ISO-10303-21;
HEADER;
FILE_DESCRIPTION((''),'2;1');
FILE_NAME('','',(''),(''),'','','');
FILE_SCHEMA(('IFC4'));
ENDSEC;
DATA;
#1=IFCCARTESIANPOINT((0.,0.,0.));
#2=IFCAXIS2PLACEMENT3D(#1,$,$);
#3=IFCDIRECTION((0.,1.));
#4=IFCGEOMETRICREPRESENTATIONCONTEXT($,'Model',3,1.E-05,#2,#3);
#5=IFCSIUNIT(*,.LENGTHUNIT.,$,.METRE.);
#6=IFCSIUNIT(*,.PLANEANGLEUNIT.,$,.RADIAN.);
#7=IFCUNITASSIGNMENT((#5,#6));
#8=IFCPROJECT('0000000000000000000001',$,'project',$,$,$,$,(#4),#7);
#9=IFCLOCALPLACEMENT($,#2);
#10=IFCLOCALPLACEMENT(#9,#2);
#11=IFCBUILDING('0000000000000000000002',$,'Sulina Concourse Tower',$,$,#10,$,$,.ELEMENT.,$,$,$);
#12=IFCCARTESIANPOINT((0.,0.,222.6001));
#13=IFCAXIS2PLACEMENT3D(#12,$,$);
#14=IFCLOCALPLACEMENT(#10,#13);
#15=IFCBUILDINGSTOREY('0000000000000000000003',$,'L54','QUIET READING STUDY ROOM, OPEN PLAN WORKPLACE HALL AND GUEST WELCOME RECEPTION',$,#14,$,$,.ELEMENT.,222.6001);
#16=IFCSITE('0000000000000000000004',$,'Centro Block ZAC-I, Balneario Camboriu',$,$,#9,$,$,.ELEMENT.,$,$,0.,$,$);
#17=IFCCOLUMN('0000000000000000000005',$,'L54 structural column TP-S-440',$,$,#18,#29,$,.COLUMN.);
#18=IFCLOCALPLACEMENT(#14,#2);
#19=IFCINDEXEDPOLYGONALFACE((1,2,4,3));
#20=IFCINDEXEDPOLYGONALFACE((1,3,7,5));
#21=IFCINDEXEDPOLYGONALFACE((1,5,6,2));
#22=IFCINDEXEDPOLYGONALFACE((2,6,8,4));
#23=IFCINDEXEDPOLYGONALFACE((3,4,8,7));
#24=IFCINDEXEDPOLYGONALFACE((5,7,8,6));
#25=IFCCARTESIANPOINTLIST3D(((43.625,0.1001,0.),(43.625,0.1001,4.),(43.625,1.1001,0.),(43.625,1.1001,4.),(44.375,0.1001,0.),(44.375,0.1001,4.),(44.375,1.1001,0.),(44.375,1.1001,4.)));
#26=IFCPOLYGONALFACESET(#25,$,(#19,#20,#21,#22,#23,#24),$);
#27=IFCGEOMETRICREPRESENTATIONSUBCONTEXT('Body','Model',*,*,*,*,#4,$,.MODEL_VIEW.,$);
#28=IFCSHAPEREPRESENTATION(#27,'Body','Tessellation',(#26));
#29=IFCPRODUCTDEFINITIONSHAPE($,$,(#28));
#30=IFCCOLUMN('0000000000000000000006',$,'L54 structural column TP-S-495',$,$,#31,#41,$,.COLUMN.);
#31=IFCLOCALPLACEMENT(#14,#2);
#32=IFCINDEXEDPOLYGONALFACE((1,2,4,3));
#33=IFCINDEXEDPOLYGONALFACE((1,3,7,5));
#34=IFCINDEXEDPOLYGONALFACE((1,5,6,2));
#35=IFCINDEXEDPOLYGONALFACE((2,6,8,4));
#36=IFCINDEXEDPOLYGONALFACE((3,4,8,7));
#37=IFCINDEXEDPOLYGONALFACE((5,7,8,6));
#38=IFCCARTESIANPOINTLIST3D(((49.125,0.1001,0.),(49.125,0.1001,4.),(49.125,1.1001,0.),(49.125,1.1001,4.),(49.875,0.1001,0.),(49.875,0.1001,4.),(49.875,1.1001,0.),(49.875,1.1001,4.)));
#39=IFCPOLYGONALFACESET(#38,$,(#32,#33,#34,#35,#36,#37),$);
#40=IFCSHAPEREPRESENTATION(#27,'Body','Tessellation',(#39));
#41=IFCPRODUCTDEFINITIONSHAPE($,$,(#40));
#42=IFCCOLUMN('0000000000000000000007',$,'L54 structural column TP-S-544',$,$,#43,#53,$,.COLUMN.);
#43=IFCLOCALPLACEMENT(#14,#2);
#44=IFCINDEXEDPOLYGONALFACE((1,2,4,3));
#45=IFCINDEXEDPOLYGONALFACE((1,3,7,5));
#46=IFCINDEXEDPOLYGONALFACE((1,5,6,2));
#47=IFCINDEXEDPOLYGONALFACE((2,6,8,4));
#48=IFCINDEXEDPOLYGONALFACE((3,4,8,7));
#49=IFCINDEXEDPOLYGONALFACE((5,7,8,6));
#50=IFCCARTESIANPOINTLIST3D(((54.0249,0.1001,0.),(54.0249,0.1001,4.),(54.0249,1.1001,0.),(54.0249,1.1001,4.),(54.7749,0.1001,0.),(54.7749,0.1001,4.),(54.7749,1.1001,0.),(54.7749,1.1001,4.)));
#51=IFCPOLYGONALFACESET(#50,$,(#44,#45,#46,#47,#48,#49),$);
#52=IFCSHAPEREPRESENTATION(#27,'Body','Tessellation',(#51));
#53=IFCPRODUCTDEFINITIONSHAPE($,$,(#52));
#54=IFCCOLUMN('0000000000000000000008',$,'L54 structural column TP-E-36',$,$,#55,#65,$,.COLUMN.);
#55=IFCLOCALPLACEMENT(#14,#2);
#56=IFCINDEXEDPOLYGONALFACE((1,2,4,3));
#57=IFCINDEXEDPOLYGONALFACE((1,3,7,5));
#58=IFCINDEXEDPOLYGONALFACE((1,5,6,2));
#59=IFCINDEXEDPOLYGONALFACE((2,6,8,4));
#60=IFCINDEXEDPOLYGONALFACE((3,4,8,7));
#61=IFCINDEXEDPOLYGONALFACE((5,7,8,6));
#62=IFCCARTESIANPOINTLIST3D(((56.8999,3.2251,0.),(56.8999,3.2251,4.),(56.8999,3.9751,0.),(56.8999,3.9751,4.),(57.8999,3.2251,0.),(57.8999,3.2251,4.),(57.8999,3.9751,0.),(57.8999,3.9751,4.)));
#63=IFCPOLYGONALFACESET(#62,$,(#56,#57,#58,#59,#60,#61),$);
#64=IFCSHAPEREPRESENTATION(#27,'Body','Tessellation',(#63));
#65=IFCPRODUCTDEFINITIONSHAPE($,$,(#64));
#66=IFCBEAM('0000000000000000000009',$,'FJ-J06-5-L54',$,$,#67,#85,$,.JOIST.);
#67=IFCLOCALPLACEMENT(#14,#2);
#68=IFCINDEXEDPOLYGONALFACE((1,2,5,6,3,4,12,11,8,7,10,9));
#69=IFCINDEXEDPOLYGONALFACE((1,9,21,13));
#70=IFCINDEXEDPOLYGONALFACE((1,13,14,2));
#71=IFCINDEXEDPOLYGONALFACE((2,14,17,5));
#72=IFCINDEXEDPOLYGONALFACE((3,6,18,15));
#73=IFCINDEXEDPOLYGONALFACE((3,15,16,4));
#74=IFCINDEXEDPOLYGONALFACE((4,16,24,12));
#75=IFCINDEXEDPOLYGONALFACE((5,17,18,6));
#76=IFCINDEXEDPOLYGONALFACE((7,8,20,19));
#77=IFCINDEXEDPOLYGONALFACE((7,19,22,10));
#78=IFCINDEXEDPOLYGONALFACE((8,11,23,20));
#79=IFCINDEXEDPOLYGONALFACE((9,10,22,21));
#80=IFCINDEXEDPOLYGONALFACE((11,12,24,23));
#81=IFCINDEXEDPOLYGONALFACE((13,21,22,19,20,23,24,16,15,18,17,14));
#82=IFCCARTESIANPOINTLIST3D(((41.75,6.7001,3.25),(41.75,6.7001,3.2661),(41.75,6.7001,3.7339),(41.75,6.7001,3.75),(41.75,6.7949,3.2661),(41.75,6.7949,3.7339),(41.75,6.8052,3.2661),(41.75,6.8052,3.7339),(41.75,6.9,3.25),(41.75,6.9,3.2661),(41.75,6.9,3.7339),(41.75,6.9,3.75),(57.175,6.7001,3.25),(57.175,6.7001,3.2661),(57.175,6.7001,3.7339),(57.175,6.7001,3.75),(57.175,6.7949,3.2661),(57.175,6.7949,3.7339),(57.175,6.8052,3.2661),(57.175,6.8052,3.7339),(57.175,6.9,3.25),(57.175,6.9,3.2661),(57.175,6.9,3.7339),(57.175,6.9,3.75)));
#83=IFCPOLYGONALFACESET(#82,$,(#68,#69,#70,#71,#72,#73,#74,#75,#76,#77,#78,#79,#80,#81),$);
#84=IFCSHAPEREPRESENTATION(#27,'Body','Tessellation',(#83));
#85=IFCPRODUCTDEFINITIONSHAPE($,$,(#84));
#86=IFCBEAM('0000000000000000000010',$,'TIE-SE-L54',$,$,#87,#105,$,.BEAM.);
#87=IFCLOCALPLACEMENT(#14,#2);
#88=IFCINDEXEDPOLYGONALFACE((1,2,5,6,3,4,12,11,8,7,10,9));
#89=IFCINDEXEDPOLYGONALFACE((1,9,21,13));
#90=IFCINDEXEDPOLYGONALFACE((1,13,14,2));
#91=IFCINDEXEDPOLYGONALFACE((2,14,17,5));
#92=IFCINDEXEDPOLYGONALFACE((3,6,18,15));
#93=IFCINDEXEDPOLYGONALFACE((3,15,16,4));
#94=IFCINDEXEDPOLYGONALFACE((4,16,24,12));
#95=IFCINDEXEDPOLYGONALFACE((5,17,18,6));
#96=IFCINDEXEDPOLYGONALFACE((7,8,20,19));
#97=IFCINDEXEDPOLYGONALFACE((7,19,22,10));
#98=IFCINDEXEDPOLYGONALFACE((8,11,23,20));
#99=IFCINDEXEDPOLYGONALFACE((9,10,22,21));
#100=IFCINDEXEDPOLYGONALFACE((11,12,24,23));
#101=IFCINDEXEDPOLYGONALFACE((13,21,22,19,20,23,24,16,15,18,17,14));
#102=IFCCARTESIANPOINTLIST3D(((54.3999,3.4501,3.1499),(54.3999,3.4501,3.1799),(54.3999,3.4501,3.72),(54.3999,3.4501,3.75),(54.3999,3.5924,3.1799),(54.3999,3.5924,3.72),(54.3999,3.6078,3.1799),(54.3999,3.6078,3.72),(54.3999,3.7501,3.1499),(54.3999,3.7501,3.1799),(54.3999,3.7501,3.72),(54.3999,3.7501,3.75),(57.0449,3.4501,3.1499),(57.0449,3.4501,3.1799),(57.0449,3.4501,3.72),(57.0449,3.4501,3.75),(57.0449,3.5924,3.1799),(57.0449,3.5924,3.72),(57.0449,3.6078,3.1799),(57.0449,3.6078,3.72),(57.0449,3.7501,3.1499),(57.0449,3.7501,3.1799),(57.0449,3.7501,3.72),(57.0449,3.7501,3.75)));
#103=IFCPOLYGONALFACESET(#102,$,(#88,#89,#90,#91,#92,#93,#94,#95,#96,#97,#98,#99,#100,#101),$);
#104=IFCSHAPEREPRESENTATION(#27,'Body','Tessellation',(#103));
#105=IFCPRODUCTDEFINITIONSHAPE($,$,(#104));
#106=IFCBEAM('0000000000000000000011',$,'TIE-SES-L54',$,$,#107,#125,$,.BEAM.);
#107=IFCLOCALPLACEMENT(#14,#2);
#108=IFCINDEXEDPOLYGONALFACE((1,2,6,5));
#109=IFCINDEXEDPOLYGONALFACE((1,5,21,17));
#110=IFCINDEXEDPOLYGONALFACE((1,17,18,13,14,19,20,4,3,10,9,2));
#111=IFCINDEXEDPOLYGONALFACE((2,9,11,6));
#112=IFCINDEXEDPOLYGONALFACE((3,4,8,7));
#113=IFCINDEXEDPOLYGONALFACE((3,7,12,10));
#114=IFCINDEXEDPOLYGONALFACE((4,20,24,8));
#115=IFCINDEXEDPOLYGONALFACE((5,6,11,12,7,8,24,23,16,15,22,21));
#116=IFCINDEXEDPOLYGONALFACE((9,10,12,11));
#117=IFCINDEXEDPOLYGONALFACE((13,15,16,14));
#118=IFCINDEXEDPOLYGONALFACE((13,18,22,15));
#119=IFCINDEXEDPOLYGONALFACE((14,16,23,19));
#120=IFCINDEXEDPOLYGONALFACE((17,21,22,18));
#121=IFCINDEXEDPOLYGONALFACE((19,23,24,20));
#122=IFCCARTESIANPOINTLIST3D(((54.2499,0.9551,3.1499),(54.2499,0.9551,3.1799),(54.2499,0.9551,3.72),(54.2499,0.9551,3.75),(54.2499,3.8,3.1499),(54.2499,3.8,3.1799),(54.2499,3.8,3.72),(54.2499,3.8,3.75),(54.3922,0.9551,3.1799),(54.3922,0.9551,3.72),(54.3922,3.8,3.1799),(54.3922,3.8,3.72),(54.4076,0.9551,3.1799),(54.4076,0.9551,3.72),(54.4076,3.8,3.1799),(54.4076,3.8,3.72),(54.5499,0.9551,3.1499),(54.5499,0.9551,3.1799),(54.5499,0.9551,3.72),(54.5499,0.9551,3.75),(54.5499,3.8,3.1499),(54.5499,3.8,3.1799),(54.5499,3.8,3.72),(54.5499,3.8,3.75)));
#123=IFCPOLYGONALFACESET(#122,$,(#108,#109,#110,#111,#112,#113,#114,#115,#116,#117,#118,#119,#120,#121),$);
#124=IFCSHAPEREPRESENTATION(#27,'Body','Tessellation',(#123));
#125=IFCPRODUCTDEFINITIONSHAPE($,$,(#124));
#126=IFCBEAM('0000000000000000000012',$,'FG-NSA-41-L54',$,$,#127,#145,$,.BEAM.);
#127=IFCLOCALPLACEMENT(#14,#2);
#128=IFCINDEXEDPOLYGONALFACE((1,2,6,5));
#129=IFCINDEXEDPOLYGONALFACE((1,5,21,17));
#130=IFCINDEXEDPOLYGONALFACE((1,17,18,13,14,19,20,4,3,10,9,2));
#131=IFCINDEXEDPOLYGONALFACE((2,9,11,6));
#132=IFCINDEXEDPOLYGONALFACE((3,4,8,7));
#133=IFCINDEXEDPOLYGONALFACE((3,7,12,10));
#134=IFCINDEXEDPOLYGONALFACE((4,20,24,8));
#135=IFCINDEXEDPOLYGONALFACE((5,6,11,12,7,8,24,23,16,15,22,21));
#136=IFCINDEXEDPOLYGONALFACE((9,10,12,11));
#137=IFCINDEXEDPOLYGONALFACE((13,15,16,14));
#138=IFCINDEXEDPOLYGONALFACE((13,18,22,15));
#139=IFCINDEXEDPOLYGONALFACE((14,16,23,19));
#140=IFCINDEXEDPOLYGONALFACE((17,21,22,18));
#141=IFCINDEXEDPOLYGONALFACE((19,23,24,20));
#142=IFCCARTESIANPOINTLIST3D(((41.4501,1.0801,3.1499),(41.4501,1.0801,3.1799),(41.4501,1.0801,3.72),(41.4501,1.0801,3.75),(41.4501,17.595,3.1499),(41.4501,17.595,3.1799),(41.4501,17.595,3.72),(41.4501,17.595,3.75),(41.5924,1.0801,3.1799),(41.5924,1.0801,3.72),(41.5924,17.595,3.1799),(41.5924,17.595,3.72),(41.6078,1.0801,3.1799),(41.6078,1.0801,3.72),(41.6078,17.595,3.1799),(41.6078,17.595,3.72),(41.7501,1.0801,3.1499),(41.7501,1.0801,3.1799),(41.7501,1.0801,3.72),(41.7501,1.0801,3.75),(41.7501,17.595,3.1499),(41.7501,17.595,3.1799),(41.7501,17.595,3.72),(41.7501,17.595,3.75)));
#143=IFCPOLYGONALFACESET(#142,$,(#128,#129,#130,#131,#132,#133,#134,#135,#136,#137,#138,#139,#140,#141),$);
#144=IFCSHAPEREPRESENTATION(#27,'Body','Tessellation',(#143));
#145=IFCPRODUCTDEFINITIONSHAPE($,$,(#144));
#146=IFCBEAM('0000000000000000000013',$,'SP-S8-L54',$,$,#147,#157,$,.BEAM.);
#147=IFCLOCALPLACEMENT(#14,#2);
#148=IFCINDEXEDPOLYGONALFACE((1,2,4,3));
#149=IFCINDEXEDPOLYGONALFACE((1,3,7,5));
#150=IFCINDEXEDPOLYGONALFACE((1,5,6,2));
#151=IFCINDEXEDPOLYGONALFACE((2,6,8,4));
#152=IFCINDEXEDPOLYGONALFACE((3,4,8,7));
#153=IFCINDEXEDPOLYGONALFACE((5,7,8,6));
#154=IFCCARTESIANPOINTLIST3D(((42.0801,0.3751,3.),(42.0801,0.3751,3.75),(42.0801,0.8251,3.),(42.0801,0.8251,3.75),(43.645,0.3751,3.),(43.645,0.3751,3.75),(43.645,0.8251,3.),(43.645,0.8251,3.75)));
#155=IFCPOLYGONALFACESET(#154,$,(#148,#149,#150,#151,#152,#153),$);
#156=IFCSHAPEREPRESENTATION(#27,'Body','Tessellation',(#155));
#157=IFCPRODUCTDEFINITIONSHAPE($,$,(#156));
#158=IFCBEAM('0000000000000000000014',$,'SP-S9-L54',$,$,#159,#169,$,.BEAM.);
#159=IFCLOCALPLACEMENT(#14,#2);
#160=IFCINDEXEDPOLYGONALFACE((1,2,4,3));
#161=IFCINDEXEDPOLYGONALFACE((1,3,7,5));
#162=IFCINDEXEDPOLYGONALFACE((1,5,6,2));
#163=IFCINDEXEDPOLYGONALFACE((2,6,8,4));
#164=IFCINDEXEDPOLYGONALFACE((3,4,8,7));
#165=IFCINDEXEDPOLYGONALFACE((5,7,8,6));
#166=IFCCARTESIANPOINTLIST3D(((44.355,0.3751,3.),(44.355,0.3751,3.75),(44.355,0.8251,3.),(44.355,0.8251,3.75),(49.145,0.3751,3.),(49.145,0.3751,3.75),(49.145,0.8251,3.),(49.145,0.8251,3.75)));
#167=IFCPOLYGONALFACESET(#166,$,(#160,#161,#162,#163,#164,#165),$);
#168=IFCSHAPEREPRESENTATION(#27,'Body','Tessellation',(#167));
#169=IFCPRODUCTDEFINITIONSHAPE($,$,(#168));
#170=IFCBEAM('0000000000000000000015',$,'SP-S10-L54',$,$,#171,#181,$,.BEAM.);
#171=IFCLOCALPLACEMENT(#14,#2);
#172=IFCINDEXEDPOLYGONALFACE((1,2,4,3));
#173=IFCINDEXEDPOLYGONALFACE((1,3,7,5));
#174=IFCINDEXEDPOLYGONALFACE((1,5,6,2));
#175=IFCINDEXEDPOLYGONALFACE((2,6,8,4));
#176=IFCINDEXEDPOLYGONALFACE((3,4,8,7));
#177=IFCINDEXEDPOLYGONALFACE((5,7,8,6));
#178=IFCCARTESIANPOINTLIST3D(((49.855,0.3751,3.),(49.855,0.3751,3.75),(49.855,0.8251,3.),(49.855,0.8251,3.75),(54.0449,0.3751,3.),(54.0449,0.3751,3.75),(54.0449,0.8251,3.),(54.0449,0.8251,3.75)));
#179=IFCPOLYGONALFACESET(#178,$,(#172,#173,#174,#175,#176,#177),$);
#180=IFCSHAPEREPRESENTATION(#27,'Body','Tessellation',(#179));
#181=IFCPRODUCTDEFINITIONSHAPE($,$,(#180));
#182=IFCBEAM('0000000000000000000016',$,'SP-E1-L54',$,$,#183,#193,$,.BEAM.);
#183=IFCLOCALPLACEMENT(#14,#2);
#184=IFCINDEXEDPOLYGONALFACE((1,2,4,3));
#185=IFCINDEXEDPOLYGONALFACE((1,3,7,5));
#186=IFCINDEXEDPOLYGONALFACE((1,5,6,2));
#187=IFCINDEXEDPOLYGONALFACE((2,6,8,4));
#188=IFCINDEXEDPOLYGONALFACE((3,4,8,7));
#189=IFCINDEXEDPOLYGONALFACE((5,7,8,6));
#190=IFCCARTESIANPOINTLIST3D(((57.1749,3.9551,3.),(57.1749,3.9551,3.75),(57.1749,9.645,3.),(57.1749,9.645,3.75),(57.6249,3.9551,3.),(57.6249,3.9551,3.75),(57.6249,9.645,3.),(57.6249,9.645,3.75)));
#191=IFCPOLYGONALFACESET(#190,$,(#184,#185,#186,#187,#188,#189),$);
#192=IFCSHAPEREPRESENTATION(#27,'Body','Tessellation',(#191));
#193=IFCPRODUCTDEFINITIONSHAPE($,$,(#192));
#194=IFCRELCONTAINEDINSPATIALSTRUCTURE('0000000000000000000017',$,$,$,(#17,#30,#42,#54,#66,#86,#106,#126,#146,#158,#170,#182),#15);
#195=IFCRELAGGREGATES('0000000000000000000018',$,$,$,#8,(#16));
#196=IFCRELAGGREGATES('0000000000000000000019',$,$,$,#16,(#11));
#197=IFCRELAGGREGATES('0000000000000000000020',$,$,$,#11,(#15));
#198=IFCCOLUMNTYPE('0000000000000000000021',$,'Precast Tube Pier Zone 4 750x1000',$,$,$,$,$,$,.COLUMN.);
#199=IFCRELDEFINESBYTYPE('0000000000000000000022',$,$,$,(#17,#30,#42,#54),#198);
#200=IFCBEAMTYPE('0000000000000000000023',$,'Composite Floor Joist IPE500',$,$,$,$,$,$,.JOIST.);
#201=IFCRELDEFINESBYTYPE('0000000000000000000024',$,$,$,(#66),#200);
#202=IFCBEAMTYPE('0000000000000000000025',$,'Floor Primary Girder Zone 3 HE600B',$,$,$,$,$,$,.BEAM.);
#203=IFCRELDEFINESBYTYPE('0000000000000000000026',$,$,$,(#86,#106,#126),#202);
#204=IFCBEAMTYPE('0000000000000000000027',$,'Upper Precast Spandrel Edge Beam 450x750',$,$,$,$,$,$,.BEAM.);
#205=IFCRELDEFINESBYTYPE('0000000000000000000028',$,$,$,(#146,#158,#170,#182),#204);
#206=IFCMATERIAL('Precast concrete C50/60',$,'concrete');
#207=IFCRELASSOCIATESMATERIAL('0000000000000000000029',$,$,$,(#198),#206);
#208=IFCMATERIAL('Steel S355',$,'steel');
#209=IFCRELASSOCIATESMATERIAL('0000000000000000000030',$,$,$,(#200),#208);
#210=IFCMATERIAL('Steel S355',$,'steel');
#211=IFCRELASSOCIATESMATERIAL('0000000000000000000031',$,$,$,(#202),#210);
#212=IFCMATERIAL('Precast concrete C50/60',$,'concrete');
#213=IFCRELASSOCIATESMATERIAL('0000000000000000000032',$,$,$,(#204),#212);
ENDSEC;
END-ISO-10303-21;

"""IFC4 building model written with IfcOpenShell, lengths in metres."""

from ifc_helpers import new_model, si_unit, direction, frame, origin, origin_2d, place, context, subcontext, project, spatial, rectangle, i_section, extrude, material, material_profile, profile_set, type_object, element, save


model = new_model("IFC4")

# Units and contexts
model_context = context("Model", 3, precision=1e-05, world=origin(), true_north=direction((0.0, 1.0)))
body_context = subcontext(model_context, "Body", "Model", "MODEL_VIEW")
ifc_project = project(units=[si_unit("LENGTHUNIT", "METRE"), si_unit("PLANEANGLEUNIT", "RADIAN")], contexts=[model_context])

# Site, building, storey
site_placement = place(None, origin())
site = spatial("IfcSite", under=ifc_project, at=site_placement, Name="Centro Block ZAC-I, Balneario Camboriu", CompositionType="ELEMENT", RefElevation=0.0)
building_placement = place(site_placement, origin())
building = spatial("IfcBuilding", under=site, at=building_placement, Name="Sulina Concourse Tower", CompositionType="ELEMENT")
storey_placement = place(building_placement, frame((0.0, 0.0, 222.6001)))
storey = spatial("IfcBuildingStorey", under=building, at=storey_placement, Name="L54", Description="QUIET READING STUDY ROOM, OPEN PLAN WORKPLACE HALL AND GUEST WELCOME RECEPTION", CompositionType="ELEMENT", Elevation=222.6001)

# Columns
ifc_material_1 = material(Name="Precast concrete C50/60", Category="concrete")
ifc_material_profile_1 = material_profile(ifc_material_1, rectangle(XDim=0.75, YDim=1.0, at=origin_2d()), Name="PC 750x1000")
ifc_profile_set_1 = profile_set([ifc_material_profile_1], Name="Precast concrete C50/60")
column_type = type_object("IfcColumnType", Name="Precast Tube Pier Zone 4 750x1000", PredefinedType="COLUMN", material=ifc_profile_set_1)
for number, where, z_axis, x_axis, name in (
    (1, (44.0, 0.6001, 0.0), (0.0, 0.0, 1.0), (1.0, 0.0, 0.0), "L54 structural column TP-S-440"),
    (2, (49.5, 0.6001, 0.0), (0.0, 0.0, 1.0), (1.0, 0.0, 0.0), "L54 structural column TP-S-495"),
    (3, (54.3999, 0.6001, 0.0), (0.0, 0.0, 1.0), (1.0, 0.0, 0.0), "L54 structural column TP-S-544"),
    (4, (57.3999, 3.6001, 0.0), (0.0, 0.0, 1.0), (0.0, 1.0, 0.0), "L54 structural column TP-E-36"),
):
    element("IfcColumn", number, at=place(storey_placement, frame(where, z_axis=z_axis, x_axis=x_axis)), inside=storey, type_object=column_type, Name=name, PredefinedType="COLUMN", context=body_context, shape_type="SweptSolid", body=[
        extrude(rectangle(XDim=0.75, YDim=1.0, at=origin_2d()), origin(), (0.0, 0.0, 1.0), 4.0),
    ])

# Beams
ifc_material_2 = material(Name="Steel S355", Category="steel")
ifc_material_profile_2 = material_profile(ifc_material_2, i_section(OverallWidth=0.2, OverallDepth=0.5, WebThickness=0.0103, FlangeThickness=0.0161, at=origin_2d()), Name="IPE 500")
ifc_profile_set_2 = profile_set([ifc_material_profile_2], Name="Steel S355")
beam_type_1 = type_object("IfcBeamType", Name="Composite Floor Joist IPE500", PredefinedType="JOIST", material=ifc_profile_set_2)
beam_1_placement = place(storey_placement, frame((41.75, 6.8, 3.5), z_axis=(1.0, 0.0, 0.0), x_axis=(0.0, 1.0, 0.0)))
element("IfcBeam", 5, at=beam_1_placement, inside=storey, type_object=beam_type_1, Name="FJ-J06-5-L54", PredefinedType="JOIST", context=body_context, shape_type="SweptSolid", body=[
    extrude(i_section(OverallWidth=0.2, OverallDepth=0.5, WebThickness=0.0103, FlangeThickness=0.0161, at=origin_2d()), origin(), (0.0, 0.0, 1.0), 15.425),
])
ifc_material_3 = material(Name="Steel S355", Category="steel")
ifc_material_profile_3 = material_profile(ifc_material_3, i_section(OverallWidth=0.3, OverallDepth=0.6001, WebThickness=0.0154, FlangeThickness=0.03, at=origin_2d()), Name="HE 600 B")
ifc_profile_set_3 = profile_set([ifc_material_profile_3], Name="Steel S355")
beam_type_2 = type_object("IfcBeamType", Name="Floor Primary Girder Zone 3 HE600B", PredefinedType="BEAM", material=ifc_profile_set_3)
beam_2_placement = place(storey_placement, frame((54.3999, 3.6001, 3.45), z_axis=(1.0, 0.0, 0.0), x_axis=(0.0, 1.0, 0.0)))
element("IfcBeam", 6, at=beam_2_placement, inside=storey, type_object=beam_type_2, Name="TIE-SE-L54", PredefinedType="BEAM", context=body_context, shape_type="SweptSolid", body=[
    extrude(i_section(OverallWidth=0.3, OverallDepth=0.6001, WebThickness=0.0154, FlangeThickness=0.03, at=origin_2d()), origin(), (0.0, 0.0, 1.0), 2.645),
])
beam_3_placement = place(storey_placement, frame((54.3999, 0.9551, 3.45), z_axis=(0.0, 1.0, 0.0), x_axis=(-1.0, 0.0, 0.0)))
element("IfcBeam", 7, at=beam_3_placement, inside=storey, type_object=beam_type_2, Name="TIE-SES-L54", PredefinedType="BEAM", context=body_context, shape_type="SweptSolid", body=[
    extrude(i_section(OverallWidth=0.3, OverallDepth=0.6001, WebThickness=0.0154, FlangeThickness=0.03, at=origin_2d()), origin(), (0.0, 0.0, 1.0), 2.845),
])
beam_4_placement = place(storey_placement, frame((41.6001, 1.0801, 3.45), z_axis=(0.0, 1.0, 0.0), x_axis=(-1.0, 0.0, 0.0)))
element("IfcBeam", 8, at=beam_4_placement, inside=storey, type_object=beam_type_2, Name="FG-NSA-41-L54", PredefinedType="BEAM", context=body_context, shape_type="SweptSolid", body=[
    extrude(i_section(OverallWidth=0.3, OverallDepth=0.6001, WebThickness=0.0154, FlangeThickness=0.03, at=origin_2d()), origin(), (0.0, 0.0, 1.0), 16.5149),
])
ifc_material_4 = material(Name="Precast concrete C50/60", Category="concrete")
ifc_material_profile_4 = material_profile(ifc_material_4, rectangle(XDim=0.45, YDim=0.75, at=origin_2d()), Name="RC 450x750")
ifc_profile_set_4 = profile_set([ifc_material_profile_4], Name="Precast concrete C50/60")
beam_type_3 = type_object("IfcBeamType", Name="Upper Precast Spandrel Edge Beam 450x750", PredefinedType="BEAM", material=ifc_profile_set_4)
beam_5_placement = place(storey_placement, frame((42.0801, 0.6001, 3.375), z_axis=(1.0, 0.0, 0.0), x_axis=(0.0, 1.0, 0.0)))
element("IfcBeam", 9, at=beam_5_placement, inside=storey, type_object=beam_type_3, Name="SP-S8-L54", PredefinedType="BEAM", context=body_context, shape_type="SweptSolid", body=[
    extrude(rectangle(XDim=0.45, YDim=0.75, at=origin_2d()), origin(), (0.0, 0.0, 1.0), 1.5649),
])
beam_6_placement = place(storey_placement, frame((44.355, 0.6001, 3.375), z_axis=(1.0, 0.0, 0.0), x_axis=(0.0, 1.0, 0.0)))
element("IfcBeam", 10, at=beam_6_placement, inside=storey, type_object=beam_type_3, Name="SP-S9-L54", PredefinedType="BEAM", context=body_context, shape_type="SweptSolid", body=[
    extrude(rectangle(XDim=0.45, YDim=0.75, at=origin_2d()), origin(), (0.0, 0.0, 1.0), 4.79),
])
beam_7_placement = place(storey_placement, frame((49.855, 0.6001, 3.375), z_axis=(1.0, 0.0, 0.0), x_axis=(0.0, 1.0, 0.0)))
element("IfcBeam", 11, at=beam_7_placement, inside=storey, type_object=beam_type_3, Name="SP-S10-L54", PredefinedType="BEAM", context=body_context, shape_type="SweptSolid", body=[
    extrude(rectangle(XDim=0.45, YDim=0.75, at=origin_2d()), origin(), (0.0, 0.0, 1.0), 4.1899),
])
beam_8_placement = place(storey_placement, frame((57.3999, 3.9551, 3.375), z_axis=(0.0, 1.0, 0.0), x_axis=(-1.0, 0.0, 0.0)))
element("IfcBeam", 12, at=beam_8_placement, inside=storey, type_object=beam_type_3, Name="SP-E1-L54", PredefinedType="BEAM", context=body_context, shape_type="SweptSolid", body=[
    extrude(rectangle(XDim=0.45, YDim=0.75, at=origin_2d()), origin(), (0.0, 0.0, 1.0), 5.6899),
])

save(model, "model.ifc")
